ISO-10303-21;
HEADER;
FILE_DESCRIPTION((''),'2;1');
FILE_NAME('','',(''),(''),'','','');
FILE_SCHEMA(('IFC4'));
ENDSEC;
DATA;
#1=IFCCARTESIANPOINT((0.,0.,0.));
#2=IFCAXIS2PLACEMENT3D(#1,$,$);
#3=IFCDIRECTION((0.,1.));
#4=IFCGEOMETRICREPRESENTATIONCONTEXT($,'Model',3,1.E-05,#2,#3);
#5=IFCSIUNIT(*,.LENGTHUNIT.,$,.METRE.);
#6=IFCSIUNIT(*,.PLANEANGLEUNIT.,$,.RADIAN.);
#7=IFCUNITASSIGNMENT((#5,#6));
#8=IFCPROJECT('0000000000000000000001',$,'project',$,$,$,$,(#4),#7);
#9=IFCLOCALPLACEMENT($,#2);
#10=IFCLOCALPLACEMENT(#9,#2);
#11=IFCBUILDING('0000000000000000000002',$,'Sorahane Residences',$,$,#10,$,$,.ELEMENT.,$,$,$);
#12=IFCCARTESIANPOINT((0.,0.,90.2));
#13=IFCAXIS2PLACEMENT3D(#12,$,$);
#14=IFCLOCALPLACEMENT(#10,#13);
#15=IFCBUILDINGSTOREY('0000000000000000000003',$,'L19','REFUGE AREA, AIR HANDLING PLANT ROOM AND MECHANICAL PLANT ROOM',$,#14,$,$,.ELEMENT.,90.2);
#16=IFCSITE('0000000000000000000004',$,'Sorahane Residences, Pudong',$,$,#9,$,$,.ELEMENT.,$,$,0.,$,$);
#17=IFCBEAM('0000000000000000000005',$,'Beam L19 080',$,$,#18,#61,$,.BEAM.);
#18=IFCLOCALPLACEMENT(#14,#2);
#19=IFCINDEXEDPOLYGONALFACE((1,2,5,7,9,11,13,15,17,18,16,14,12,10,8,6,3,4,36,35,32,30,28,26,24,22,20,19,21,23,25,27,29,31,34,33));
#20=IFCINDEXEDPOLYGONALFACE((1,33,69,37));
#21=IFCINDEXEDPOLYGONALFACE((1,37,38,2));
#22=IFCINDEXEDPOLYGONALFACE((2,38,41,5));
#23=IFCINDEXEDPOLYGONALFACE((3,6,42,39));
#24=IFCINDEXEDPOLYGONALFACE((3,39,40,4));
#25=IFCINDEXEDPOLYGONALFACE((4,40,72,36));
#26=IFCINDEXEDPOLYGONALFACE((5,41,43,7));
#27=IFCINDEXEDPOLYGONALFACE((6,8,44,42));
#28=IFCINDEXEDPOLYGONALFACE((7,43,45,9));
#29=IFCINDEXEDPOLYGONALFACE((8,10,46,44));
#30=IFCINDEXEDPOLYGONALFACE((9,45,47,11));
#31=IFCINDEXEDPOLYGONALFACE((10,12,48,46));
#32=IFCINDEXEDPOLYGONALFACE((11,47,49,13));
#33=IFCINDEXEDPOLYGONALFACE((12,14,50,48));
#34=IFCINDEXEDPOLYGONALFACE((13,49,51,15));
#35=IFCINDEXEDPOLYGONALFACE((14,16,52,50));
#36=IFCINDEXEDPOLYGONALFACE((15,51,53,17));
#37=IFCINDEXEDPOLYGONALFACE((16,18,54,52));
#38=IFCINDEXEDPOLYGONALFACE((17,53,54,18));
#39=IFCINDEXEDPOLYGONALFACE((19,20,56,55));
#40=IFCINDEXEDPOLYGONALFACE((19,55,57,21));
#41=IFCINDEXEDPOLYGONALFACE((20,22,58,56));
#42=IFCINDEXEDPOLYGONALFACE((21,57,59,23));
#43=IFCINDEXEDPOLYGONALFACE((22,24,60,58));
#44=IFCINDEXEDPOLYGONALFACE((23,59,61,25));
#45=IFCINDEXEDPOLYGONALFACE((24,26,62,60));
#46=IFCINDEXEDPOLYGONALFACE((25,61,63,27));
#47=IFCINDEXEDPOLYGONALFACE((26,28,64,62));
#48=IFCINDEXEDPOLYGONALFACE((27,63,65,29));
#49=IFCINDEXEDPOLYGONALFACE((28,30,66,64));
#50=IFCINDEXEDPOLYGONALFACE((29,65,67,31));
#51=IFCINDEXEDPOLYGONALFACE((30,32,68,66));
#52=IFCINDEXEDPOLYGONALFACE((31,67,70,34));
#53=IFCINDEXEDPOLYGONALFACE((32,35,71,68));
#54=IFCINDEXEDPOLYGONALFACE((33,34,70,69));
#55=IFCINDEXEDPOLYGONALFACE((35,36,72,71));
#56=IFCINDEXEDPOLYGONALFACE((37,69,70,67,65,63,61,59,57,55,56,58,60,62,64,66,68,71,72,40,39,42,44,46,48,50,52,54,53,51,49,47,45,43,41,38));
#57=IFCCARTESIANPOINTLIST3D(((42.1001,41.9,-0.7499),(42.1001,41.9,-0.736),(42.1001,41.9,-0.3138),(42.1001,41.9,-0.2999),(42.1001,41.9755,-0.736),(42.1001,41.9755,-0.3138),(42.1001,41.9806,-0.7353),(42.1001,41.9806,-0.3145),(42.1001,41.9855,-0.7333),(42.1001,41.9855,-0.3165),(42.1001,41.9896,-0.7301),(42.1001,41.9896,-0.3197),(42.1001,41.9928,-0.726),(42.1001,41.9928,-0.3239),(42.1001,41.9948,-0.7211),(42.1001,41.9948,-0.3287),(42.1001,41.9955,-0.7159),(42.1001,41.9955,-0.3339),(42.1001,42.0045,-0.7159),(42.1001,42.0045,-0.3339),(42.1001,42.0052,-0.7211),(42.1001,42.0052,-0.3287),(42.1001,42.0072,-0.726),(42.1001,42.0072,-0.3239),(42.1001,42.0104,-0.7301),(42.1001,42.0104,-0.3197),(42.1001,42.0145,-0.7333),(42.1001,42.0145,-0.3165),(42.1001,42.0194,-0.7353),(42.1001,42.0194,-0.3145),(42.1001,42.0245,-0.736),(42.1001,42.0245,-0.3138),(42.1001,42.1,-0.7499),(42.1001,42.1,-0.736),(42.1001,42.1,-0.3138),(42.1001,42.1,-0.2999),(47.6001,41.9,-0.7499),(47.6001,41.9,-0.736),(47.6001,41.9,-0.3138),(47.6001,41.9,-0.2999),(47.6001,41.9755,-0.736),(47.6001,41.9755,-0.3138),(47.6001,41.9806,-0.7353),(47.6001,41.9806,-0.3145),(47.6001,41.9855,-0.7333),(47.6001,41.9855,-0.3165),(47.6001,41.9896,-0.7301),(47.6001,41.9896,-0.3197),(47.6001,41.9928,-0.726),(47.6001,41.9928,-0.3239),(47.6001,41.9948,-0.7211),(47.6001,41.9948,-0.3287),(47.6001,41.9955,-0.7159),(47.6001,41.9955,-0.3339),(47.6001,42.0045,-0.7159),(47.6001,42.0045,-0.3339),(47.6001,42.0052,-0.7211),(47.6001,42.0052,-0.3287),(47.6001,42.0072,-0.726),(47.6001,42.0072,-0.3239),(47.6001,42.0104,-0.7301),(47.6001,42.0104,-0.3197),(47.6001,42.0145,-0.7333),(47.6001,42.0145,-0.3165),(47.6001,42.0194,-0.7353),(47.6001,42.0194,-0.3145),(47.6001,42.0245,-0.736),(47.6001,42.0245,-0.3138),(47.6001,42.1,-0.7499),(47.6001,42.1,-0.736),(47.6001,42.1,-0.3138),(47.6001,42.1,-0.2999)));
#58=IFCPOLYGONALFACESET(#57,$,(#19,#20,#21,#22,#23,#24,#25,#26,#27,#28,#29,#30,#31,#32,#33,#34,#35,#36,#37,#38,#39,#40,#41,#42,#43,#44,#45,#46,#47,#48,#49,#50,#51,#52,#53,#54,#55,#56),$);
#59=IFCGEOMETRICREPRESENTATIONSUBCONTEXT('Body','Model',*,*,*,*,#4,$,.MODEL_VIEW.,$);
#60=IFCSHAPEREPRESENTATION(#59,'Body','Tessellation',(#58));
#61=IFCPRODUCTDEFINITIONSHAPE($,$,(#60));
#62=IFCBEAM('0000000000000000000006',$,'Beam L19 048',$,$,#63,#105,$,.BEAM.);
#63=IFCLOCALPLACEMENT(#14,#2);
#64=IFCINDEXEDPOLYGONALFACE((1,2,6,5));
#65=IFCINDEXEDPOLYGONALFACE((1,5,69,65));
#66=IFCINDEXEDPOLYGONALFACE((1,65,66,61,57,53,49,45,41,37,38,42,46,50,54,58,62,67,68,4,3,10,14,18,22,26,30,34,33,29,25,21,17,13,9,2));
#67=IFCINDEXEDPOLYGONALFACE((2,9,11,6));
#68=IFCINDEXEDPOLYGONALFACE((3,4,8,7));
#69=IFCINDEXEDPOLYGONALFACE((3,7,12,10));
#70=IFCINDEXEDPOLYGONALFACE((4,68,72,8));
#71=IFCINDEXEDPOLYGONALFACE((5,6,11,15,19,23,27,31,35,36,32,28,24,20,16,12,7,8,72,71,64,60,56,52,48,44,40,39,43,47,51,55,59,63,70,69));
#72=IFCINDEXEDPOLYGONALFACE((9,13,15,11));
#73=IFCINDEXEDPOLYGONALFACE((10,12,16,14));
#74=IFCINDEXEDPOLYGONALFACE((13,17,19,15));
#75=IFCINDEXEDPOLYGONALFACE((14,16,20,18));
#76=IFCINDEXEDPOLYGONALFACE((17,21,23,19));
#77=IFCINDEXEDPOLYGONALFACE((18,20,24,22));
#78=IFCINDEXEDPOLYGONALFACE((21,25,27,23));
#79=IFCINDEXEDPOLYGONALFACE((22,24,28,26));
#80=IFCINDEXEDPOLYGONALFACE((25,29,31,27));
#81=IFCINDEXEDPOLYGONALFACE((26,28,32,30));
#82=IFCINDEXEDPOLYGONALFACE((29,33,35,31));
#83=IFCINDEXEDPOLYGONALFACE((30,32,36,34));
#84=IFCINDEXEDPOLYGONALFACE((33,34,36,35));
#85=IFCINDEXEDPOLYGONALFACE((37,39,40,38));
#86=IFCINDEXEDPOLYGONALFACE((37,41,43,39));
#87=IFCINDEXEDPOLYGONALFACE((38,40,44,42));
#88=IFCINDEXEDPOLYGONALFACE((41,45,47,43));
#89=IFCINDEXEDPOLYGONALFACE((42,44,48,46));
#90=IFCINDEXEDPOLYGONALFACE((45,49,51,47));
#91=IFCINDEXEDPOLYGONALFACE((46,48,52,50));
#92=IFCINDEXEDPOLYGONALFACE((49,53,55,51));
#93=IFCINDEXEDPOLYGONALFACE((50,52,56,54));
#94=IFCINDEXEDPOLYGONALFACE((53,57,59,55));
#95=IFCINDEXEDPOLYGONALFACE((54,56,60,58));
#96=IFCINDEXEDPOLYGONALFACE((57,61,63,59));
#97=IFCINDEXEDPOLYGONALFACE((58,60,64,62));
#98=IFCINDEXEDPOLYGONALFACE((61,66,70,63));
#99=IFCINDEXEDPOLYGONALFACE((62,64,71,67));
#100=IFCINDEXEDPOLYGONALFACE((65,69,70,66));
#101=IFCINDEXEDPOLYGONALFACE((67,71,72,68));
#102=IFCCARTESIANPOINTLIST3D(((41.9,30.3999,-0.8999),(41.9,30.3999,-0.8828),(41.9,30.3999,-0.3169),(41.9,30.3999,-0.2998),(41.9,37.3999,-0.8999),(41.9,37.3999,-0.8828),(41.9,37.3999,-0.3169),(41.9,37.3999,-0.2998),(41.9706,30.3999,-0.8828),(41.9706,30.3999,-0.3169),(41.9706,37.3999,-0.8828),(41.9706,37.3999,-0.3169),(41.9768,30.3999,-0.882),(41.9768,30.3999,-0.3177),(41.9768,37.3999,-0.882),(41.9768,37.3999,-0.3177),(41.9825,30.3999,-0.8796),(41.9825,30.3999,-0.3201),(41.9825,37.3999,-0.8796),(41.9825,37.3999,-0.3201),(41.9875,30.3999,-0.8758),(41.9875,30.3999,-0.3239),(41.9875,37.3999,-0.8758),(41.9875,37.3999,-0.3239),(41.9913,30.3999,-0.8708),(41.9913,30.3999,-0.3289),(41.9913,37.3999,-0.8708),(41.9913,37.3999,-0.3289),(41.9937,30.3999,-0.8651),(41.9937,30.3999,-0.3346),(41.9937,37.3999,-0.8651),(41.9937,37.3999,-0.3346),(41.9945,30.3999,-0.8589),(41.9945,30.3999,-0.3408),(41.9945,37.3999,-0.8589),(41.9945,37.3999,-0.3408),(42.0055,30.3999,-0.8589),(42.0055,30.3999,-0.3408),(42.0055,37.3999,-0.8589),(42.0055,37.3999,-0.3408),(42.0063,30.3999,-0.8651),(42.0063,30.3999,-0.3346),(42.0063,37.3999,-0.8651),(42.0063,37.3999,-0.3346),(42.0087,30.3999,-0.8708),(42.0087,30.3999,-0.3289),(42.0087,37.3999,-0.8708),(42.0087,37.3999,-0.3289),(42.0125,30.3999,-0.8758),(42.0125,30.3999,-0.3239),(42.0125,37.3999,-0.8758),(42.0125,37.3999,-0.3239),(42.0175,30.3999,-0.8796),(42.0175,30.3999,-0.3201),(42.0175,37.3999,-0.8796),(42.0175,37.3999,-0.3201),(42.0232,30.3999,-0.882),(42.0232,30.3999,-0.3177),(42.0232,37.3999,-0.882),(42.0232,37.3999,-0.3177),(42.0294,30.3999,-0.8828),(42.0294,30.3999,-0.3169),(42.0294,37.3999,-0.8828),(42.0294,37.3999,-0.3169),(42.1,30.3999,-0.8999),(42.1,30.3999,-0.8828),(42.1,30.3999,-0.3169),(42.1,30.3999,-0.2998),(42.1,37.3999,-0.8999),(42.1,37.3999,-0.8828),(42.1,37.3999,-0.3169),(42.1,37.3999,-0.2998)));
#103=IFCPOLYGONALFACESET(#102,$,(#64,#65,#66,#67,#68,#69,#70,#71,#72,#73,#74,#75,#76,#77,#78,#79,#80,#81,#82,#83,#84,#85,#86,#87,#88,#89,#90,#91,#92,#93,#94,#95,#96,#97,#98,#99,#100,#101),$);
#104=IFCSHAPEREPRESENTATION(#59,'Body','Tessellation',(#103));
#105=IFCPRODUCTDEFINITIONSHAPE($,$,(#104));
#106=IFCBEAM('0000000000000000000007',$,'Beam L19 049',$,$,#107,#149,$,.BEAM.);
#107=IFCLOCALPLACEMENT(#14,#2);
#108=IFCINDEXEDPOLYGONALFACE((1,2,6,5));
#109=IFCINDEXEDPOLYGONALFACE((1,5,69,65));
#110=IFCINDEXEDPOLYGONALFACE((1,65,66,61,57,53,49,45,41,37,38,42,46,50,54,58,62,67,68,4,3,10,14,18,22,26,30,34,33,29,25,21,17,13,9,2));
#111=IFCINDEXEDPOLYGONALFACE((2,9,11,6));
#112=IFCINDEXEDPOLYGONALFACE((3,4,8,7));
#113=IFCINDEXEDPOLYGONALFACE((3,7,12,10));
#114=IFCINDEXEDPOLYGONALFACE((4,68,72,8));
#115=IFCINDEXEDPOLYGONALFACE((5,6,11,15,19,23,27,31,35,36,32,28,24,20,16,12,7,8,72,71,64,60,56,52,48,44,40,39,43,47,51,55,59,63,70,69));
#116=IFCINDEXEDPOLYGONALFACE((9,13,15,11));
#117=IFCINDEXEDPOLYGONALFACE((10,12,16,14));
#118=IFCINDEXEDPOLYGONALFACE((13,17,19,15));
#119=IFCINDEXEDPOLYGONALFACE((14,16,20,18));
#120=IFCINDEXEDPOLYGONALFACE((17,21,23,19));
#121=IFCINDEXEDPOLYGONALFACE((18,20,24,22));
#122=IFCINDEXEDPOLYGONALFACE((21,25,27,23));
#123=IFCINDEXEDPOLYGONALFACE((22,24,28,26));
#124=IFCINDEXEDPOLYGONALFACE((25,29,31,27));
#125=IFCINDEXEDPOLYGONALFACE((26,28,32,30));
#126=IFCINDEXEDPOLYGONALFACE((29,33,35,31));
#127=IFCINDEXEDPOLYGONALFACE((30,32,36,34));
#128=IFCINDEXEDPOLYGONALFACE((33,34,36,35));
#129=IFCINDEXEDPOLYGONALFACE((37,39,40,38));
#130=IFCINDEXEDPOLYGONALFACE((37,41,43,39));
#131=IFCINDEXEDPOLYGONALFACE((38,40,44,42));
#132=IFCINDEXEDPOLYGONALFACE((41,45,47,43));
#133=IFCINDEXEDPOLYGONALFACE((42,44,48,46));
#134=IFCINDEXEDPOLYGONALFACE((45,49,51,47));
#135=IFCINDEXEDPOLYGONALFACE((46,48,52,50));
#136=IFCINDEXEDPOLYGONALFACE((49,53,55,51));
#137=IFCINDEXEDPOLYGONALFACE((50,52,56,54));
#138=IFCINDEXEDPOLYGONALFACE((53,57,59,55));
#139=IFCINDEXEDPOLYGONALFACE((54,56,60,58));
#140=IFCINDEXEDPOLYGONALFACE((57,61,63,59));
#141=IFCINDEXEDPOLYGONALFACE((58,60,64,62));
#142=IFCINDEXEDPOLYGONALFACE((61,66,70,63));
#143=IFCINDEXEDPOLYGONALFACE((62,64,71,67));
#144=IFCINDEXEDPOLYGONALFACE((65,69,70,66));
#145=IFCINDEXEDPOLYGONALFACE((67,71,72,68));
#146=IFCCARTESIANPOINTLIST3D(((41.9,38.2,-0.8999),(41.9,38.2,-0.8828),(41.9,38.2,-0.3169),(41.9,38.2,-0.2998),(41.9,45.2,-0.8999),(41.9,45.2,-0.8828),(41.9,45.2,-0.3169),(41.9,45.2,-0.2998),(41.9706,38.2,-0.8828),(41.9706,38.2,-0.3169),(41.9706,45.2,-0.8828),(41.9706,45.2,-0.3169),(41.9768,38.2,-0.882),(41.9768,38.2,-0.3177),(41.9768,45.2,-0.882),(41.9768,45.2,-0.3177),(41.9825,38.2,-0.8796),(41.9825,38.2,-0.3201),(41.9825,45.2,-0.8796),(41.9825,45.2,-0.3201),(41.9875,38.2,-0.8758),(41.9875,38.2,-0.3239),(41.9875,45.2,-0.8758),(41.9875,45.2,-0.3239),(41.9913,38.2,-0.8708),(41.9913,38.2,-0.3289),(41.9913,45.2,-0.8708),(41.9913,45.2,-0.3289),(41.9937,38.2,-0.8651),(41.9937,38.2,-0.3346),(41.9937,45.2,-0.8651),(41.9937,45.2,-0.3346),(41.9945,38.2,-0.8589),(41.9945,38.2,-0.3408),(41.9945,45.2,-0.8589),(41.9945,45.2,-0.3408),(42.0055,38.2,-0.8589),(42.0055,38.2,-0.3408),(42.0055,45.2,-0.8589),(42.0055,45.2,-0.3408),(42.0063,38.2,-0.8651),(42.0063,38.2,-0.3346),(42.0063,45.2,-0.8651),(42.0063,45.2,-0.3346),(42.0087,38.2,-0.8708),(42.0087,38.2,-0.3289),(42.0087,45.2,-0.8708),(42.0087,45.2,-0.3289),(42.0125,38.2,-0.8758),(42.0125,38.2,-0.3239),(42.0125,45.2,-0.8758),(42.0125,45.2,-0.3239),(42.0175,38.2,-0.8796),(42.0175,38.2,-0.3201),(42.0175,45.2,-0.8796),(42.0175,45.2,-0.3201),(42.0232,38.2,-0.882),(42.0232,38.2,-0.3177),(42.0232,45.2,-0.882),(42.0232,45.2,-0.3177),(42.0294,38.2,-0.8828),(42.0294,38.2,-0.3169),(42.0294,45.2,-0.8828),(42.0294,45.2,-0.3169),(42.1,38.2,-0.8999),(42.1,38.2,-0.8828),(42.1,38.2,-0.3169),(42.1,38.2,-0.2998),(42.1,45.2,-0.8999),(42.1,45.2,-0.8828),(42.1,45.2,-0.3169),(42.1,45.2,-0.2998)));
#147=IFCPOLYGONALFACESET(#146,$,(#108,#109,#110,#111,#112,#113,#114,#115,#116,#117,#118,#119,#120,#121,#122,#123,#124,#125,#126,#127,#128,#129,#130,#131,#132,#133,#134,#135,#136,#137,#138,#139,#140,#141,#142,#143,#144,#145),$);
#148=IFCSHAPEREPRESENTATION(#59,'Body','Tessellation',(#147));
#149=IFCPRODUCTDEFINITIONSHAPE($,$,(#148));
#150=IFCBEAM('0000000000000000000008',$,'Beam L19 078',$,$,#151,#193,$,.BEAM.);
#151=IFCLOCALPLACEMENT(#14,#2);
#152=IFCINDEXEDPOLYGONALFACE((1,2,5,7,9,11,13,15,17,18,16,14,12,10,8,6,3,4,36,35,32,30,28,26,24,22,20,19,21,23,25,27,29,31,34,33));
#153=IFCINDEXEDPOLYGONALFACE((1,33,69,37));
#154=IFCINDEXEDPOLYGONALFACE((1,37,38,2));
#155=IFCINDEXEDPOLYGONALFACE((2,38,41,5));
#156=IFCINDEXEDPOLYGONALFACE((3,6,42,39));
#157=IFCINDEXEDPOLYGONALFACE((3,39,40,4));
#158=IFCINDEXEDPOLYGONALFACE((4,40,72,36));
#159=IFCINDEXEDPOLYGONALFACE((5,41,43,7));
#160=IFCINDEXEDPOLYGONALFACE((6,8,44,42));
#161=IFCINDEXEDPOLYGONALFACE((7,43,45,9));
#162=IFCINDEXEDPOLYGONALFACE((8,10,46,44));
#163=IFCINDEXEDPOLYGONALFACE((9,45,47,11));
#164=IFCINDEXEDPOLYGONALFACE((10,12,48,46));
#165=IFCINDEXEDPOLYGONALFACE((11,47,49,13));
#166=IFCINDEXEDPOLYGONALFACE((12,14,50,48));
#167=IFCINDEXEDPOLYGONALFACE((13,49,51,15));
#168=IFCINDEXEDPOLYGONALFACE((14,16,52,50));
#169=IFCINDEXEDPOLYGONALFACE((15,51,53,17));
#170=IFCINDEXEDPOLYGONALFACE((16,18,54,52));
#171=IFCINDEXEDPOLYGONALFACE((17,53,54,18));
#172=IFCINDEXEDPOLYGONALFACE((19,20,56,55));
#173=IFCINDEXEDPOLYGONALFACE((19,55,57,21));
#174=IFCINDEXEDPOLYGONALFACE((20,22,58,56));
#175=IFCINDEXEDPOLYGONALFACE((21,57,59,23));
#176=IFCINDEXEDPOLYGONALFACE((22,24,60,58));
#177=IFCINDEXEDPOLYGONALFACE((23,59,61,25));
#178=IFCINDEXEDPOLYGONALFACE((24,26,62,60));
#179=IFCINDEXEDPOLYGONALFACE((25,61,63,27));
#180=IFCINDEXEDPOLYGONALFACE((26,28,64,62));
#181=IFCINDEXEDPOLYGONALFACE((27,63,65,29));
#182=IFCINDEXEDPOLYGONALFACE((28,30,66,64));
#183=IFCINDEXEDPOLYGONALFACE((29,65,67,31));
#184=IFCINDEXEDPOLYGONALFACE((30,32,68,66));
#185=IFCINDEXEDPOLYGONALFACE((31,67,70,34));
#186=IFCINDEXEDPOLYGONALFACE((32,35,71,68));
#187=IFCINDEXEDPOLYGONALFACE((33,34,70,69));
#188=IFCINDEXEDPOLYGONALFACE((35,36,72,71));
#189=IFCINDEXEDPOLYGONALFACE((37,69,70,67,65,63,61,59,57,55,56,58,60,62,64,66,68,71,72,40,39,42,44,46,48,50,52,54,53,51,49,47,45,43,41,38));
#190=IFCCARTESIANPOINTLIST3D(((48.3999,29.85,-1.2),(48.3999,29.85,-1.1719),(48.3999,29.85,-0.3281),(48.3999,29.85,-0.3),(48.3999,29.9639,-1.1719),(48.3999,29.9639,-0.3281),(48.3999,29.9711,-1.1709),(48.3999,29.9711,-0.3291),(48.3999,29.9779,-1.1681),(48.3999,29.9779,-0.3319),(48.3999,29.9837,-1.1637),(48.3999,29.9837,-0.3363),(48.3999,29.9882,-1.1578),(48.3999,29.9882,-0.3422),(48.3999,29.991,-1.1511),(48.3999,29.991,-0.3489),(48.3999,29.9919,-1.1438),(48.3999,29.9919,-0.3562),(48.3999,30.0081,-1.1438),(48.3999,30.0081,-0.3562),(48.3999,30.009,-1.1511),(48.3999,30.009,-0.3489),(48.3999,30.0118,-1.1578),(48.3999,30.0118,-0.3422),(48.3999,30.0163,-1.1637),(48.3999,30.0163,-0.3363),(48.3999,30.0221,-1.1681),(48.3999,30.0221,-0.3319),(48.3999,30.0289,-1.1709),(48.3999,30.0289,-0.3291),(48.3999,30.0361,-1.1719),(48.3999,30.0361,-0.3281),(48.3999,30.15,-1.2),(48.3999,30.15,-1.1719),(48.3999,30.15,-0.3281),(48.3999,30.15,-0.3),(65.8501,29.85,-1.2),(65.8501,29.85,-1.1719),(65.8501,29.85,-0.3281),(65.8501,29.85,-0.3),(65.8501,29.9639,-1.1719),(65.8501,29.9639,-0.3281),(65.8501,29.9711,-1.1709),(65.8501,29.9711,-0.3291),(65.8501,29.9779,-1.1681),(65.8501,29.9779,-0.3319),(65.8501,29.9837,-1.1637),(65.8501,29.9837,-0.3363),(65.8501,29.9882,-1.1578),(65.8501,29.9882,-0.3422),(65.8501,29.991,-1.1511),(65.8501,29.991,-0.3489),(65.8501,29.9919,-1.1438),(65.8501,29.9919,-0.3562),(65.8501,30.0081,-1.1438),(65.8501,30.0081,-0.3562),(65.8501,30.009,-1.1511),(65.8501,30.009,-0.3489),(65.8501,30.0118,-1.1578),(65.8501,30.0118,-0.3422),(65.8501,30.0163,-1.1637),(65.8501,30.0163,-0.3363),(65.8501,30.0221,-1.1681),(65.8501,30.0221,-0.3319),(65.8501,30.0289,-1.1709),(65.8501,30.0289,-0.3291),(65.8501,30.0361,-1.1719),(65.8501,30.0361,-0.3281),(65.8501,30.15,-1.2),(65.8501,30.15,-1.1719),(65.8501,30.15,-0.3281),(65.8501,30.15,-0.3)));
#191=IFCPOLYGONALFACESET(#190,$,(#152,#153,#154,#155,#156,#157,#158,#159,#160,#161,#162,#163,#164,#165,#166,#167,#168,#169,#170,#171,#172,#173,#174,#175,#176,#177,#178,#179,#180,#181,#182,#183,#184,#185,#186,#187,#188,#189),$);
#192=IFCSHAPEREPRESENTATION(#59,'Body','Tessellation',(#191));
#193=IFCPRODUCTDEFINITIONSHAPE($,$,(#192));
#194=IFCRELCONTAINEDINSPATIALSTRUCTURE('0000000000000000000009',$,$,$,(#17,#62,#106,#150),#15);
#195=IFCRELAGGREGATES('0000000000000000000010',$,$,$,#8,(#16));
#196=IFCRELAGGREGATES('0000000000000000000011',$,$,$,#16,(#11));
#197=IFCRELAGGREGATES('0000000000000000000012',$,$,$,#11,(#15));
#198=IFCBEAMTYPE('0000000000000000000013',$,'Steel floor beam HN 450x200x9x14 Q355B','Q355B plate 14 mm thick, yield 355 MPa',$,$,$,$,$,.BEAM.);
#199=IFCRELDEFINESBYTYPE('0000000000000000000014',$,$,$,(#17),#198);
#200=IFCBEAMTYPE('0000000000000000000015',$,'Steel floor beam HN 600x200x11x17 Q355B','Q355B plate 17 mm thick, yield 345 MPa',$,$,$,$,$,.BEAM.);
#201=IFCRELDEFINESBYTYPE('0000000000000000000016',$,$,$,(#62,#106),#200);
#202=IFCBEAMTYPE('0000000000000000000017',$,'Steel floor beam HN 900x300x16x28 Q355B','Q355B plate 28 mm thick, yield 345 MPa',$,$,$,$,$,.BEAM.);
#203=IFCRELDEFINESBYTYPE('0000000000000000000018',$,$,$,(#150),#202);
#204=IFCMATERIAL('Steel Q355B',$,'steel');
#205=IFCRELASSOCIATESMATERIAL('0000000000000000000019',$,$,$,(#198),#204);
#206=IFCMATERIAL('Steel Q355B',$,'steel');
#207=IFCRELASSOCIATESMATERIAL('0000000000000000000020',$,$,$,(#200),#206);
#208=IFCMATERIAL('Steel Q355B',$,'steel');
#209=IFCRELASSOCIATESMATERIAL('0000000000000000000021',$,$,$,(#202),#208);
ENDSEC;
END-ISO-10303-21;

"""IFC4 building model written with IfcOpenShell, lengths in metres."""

from ifc_helpers import new_model, si_unit, direction, frame, origin, origin_2d, place, context, subcontext, project, spatial, i_section, extrude, material, material_profile, profile_set, type_object, element, save


model = new_model("IFC4")

# Units and contexts
model_context = context("Model", 3, precision=1e-05, world=origin(), true_north=direction((0.0, 1.0)))
body_context = subcontext(model_context, "Body", "Model", "MODEL_VIEW")
ifc_project = project(units=[si_unit("LENGTHUNIT", "METRE"), si_unit("PLANEANGLEUNIT", "RADIAN")], contexts=[model_context])

# Site, building, storey
site_placement = place(None, origin())
site = spatial("IfcSite", under=ifc_project, at=site_placement, Name="Sorahane Residences, Pudong", CompositionType="ELEMENT", RefElevation=0.0)
building_placement = place(site_placement, origin())
building = spatial("IfcBuilding", under=site, at=building_placement, Name="Sorahane Residences", CompositionType="ELEMENT")
storey_placement = place(building_placement, frame((0.0, 0.0, 90.2)))
storey = spatial("IfcBuildingStorey", under=building, at=storey_placement, Name="L19", Description="REFUGE AREA, AIR HANDLING PLANT ROOM AND MECHANICAL PLANT ROOM", CompositionType="ELEMENT", Elevation=90.2)

# Beams
ifc_material_1 = material(Name="Steel Q355B", Category="steel")
ifc_material_profile_1 = material_profile(ifc_material_1, i_section(OverallWidth=0.2, OverallDepth=0.45, WebThickness=0.009, FlangeThickness=0.0139, FilletRadius=0.02, at=origin_2d()), Name="HN 450x200x9x14")
ifc_profile_set_1 = profile_set([ifc_material_profile_1], Name="Steel Q355B")
beam_type_1 = type_object("IfcBeamType", Name="Steel floor beam HN 450x200x9x14 Q355B", Description="Q355B plate 14 mm thick, yield 355 MPa", PredefinedType="BEAM", material=ifc_profile_set_1)
beam_1_placement = place(storey_placement, frame((42.1001, 42.0, -0.5249), z_axis=(1.0, 0.0, 0.0), x_axis=(0.0, 1.0, 0.0)))
element("IfcBeam", 1, at=beam_1_placement, inside=storey, type_object=beam_type_1, Name="Beam L19 080", PredefinedType="BEAM", context=body_context, shape_type="SweptSolid", body=[
    extrude(i_section(OverallWidth=0.2, OverallDepth=0.45, WebThickness=0.009, FlangeThickness=0.0139, FilletRadius=0.02, at=origin_2d()), origin(), (0.0, 0.0, 1.0), 5.5),
])
ifc_material_2 = material(Name="Steel Q355B", Category="steel")
ifc_material_profile_2 = material_profile(ifc_material_2, i_section(OverallWidth=0.2, OverallDepth=0.6001, WebThickness=0.011, FlangeThickness=0.0171, FilletRadius=0.0239, at=origin_2d()), Name="HN 600x200x11x17")
ifc_profile_set_2 = profile_set([ifc_material_profile_2], Name="Steel Q355B")
beam_type_2 = type_object("IfcBeamType", Name="Steel floor beam HN 600x200x11x17 Q355B", Description="Q355B plate 17 mm thick, yield 345 MPa", PredefinedType="BEAM", material=ifc_profile_set_2)
for number, where, z_axis, x_axis, name in (
    (2, (42.0, 30.3999, -0.5999), (0.0, 1.0, 0.0), (-1.0, 0.0, 0.0), "Beam L19 048"),
    (3, (42.0, 38.2, -0.5999), (0.0, 1.0, 0.0), (-1.0, 0.0, 0.0), "Beam L19 049"),
):
    element("IfcBeam", number, at=place(storey_placement, frame(where, z_axis=z_axis, x_axis=x_axis)), inside=storey, type_object=beam_type_2, Name=name, PredefinedType="BEAM", context=body_context, shape_type="SweptSolid", body=[
        extrude(i_section(OverallWidth=0.2, OverallDepth=0.6001, WebThickness=0.011, FlangeThickness=0.0171, FilletRadius=0.0239, at=origin_2d()), origin(), (0.0, 0.0, 1.0), 7.0),
    ])
ifc_material_3 = material(Name="Steel Q355B", Category="steel")
ifc_material_profile_3 = material_profile(ifc_material_3, i_section(OverallWidth=0.3, OverallDepth=0.8999, WebThickness=0.0161, FlangeThickness=0.0281, FilletRadius=0.0281, at=origin_2d()), Name="HN 900x300x16x28")
ifc_profile_set_3 = profile_set([ifc_material_profile_3], Name="Steel Q355B")
beam_type_3 = type_object("IfcBeamType", Name="Steel floor beam HN 900x300x16x28 Q355B", Description="Q355B plate 28 mm thick, yield 345 MPa", PredefinedType="BEAM", material=ifc_profile_set_3)
beam_2_placement = place(storey_placement, frame((48.3999, 30.0, -0.75), z_axis=(1.0, 0.0, 0.0), x_axis=(0.0, 1.0, 0.0)))
element("IfcBeam", 4, at=beam_2_placement, inside=storey, type_object=beam_type_3, Name="Beam L19 078", PredefinedType="BEAM", context=body_context, shape_type="SweptSolid", body=[
    extrude(i_section(OverallWidth=0.3, OverallDepth=0.8999, WebThickness=0.0161, FlangeThickness=0.0281, FilletRadius=0.0281, at=origin_2d()), origin(), (0.0, 0.0, 1.0), 17.4502),
])

save(model, "model.ifc")
